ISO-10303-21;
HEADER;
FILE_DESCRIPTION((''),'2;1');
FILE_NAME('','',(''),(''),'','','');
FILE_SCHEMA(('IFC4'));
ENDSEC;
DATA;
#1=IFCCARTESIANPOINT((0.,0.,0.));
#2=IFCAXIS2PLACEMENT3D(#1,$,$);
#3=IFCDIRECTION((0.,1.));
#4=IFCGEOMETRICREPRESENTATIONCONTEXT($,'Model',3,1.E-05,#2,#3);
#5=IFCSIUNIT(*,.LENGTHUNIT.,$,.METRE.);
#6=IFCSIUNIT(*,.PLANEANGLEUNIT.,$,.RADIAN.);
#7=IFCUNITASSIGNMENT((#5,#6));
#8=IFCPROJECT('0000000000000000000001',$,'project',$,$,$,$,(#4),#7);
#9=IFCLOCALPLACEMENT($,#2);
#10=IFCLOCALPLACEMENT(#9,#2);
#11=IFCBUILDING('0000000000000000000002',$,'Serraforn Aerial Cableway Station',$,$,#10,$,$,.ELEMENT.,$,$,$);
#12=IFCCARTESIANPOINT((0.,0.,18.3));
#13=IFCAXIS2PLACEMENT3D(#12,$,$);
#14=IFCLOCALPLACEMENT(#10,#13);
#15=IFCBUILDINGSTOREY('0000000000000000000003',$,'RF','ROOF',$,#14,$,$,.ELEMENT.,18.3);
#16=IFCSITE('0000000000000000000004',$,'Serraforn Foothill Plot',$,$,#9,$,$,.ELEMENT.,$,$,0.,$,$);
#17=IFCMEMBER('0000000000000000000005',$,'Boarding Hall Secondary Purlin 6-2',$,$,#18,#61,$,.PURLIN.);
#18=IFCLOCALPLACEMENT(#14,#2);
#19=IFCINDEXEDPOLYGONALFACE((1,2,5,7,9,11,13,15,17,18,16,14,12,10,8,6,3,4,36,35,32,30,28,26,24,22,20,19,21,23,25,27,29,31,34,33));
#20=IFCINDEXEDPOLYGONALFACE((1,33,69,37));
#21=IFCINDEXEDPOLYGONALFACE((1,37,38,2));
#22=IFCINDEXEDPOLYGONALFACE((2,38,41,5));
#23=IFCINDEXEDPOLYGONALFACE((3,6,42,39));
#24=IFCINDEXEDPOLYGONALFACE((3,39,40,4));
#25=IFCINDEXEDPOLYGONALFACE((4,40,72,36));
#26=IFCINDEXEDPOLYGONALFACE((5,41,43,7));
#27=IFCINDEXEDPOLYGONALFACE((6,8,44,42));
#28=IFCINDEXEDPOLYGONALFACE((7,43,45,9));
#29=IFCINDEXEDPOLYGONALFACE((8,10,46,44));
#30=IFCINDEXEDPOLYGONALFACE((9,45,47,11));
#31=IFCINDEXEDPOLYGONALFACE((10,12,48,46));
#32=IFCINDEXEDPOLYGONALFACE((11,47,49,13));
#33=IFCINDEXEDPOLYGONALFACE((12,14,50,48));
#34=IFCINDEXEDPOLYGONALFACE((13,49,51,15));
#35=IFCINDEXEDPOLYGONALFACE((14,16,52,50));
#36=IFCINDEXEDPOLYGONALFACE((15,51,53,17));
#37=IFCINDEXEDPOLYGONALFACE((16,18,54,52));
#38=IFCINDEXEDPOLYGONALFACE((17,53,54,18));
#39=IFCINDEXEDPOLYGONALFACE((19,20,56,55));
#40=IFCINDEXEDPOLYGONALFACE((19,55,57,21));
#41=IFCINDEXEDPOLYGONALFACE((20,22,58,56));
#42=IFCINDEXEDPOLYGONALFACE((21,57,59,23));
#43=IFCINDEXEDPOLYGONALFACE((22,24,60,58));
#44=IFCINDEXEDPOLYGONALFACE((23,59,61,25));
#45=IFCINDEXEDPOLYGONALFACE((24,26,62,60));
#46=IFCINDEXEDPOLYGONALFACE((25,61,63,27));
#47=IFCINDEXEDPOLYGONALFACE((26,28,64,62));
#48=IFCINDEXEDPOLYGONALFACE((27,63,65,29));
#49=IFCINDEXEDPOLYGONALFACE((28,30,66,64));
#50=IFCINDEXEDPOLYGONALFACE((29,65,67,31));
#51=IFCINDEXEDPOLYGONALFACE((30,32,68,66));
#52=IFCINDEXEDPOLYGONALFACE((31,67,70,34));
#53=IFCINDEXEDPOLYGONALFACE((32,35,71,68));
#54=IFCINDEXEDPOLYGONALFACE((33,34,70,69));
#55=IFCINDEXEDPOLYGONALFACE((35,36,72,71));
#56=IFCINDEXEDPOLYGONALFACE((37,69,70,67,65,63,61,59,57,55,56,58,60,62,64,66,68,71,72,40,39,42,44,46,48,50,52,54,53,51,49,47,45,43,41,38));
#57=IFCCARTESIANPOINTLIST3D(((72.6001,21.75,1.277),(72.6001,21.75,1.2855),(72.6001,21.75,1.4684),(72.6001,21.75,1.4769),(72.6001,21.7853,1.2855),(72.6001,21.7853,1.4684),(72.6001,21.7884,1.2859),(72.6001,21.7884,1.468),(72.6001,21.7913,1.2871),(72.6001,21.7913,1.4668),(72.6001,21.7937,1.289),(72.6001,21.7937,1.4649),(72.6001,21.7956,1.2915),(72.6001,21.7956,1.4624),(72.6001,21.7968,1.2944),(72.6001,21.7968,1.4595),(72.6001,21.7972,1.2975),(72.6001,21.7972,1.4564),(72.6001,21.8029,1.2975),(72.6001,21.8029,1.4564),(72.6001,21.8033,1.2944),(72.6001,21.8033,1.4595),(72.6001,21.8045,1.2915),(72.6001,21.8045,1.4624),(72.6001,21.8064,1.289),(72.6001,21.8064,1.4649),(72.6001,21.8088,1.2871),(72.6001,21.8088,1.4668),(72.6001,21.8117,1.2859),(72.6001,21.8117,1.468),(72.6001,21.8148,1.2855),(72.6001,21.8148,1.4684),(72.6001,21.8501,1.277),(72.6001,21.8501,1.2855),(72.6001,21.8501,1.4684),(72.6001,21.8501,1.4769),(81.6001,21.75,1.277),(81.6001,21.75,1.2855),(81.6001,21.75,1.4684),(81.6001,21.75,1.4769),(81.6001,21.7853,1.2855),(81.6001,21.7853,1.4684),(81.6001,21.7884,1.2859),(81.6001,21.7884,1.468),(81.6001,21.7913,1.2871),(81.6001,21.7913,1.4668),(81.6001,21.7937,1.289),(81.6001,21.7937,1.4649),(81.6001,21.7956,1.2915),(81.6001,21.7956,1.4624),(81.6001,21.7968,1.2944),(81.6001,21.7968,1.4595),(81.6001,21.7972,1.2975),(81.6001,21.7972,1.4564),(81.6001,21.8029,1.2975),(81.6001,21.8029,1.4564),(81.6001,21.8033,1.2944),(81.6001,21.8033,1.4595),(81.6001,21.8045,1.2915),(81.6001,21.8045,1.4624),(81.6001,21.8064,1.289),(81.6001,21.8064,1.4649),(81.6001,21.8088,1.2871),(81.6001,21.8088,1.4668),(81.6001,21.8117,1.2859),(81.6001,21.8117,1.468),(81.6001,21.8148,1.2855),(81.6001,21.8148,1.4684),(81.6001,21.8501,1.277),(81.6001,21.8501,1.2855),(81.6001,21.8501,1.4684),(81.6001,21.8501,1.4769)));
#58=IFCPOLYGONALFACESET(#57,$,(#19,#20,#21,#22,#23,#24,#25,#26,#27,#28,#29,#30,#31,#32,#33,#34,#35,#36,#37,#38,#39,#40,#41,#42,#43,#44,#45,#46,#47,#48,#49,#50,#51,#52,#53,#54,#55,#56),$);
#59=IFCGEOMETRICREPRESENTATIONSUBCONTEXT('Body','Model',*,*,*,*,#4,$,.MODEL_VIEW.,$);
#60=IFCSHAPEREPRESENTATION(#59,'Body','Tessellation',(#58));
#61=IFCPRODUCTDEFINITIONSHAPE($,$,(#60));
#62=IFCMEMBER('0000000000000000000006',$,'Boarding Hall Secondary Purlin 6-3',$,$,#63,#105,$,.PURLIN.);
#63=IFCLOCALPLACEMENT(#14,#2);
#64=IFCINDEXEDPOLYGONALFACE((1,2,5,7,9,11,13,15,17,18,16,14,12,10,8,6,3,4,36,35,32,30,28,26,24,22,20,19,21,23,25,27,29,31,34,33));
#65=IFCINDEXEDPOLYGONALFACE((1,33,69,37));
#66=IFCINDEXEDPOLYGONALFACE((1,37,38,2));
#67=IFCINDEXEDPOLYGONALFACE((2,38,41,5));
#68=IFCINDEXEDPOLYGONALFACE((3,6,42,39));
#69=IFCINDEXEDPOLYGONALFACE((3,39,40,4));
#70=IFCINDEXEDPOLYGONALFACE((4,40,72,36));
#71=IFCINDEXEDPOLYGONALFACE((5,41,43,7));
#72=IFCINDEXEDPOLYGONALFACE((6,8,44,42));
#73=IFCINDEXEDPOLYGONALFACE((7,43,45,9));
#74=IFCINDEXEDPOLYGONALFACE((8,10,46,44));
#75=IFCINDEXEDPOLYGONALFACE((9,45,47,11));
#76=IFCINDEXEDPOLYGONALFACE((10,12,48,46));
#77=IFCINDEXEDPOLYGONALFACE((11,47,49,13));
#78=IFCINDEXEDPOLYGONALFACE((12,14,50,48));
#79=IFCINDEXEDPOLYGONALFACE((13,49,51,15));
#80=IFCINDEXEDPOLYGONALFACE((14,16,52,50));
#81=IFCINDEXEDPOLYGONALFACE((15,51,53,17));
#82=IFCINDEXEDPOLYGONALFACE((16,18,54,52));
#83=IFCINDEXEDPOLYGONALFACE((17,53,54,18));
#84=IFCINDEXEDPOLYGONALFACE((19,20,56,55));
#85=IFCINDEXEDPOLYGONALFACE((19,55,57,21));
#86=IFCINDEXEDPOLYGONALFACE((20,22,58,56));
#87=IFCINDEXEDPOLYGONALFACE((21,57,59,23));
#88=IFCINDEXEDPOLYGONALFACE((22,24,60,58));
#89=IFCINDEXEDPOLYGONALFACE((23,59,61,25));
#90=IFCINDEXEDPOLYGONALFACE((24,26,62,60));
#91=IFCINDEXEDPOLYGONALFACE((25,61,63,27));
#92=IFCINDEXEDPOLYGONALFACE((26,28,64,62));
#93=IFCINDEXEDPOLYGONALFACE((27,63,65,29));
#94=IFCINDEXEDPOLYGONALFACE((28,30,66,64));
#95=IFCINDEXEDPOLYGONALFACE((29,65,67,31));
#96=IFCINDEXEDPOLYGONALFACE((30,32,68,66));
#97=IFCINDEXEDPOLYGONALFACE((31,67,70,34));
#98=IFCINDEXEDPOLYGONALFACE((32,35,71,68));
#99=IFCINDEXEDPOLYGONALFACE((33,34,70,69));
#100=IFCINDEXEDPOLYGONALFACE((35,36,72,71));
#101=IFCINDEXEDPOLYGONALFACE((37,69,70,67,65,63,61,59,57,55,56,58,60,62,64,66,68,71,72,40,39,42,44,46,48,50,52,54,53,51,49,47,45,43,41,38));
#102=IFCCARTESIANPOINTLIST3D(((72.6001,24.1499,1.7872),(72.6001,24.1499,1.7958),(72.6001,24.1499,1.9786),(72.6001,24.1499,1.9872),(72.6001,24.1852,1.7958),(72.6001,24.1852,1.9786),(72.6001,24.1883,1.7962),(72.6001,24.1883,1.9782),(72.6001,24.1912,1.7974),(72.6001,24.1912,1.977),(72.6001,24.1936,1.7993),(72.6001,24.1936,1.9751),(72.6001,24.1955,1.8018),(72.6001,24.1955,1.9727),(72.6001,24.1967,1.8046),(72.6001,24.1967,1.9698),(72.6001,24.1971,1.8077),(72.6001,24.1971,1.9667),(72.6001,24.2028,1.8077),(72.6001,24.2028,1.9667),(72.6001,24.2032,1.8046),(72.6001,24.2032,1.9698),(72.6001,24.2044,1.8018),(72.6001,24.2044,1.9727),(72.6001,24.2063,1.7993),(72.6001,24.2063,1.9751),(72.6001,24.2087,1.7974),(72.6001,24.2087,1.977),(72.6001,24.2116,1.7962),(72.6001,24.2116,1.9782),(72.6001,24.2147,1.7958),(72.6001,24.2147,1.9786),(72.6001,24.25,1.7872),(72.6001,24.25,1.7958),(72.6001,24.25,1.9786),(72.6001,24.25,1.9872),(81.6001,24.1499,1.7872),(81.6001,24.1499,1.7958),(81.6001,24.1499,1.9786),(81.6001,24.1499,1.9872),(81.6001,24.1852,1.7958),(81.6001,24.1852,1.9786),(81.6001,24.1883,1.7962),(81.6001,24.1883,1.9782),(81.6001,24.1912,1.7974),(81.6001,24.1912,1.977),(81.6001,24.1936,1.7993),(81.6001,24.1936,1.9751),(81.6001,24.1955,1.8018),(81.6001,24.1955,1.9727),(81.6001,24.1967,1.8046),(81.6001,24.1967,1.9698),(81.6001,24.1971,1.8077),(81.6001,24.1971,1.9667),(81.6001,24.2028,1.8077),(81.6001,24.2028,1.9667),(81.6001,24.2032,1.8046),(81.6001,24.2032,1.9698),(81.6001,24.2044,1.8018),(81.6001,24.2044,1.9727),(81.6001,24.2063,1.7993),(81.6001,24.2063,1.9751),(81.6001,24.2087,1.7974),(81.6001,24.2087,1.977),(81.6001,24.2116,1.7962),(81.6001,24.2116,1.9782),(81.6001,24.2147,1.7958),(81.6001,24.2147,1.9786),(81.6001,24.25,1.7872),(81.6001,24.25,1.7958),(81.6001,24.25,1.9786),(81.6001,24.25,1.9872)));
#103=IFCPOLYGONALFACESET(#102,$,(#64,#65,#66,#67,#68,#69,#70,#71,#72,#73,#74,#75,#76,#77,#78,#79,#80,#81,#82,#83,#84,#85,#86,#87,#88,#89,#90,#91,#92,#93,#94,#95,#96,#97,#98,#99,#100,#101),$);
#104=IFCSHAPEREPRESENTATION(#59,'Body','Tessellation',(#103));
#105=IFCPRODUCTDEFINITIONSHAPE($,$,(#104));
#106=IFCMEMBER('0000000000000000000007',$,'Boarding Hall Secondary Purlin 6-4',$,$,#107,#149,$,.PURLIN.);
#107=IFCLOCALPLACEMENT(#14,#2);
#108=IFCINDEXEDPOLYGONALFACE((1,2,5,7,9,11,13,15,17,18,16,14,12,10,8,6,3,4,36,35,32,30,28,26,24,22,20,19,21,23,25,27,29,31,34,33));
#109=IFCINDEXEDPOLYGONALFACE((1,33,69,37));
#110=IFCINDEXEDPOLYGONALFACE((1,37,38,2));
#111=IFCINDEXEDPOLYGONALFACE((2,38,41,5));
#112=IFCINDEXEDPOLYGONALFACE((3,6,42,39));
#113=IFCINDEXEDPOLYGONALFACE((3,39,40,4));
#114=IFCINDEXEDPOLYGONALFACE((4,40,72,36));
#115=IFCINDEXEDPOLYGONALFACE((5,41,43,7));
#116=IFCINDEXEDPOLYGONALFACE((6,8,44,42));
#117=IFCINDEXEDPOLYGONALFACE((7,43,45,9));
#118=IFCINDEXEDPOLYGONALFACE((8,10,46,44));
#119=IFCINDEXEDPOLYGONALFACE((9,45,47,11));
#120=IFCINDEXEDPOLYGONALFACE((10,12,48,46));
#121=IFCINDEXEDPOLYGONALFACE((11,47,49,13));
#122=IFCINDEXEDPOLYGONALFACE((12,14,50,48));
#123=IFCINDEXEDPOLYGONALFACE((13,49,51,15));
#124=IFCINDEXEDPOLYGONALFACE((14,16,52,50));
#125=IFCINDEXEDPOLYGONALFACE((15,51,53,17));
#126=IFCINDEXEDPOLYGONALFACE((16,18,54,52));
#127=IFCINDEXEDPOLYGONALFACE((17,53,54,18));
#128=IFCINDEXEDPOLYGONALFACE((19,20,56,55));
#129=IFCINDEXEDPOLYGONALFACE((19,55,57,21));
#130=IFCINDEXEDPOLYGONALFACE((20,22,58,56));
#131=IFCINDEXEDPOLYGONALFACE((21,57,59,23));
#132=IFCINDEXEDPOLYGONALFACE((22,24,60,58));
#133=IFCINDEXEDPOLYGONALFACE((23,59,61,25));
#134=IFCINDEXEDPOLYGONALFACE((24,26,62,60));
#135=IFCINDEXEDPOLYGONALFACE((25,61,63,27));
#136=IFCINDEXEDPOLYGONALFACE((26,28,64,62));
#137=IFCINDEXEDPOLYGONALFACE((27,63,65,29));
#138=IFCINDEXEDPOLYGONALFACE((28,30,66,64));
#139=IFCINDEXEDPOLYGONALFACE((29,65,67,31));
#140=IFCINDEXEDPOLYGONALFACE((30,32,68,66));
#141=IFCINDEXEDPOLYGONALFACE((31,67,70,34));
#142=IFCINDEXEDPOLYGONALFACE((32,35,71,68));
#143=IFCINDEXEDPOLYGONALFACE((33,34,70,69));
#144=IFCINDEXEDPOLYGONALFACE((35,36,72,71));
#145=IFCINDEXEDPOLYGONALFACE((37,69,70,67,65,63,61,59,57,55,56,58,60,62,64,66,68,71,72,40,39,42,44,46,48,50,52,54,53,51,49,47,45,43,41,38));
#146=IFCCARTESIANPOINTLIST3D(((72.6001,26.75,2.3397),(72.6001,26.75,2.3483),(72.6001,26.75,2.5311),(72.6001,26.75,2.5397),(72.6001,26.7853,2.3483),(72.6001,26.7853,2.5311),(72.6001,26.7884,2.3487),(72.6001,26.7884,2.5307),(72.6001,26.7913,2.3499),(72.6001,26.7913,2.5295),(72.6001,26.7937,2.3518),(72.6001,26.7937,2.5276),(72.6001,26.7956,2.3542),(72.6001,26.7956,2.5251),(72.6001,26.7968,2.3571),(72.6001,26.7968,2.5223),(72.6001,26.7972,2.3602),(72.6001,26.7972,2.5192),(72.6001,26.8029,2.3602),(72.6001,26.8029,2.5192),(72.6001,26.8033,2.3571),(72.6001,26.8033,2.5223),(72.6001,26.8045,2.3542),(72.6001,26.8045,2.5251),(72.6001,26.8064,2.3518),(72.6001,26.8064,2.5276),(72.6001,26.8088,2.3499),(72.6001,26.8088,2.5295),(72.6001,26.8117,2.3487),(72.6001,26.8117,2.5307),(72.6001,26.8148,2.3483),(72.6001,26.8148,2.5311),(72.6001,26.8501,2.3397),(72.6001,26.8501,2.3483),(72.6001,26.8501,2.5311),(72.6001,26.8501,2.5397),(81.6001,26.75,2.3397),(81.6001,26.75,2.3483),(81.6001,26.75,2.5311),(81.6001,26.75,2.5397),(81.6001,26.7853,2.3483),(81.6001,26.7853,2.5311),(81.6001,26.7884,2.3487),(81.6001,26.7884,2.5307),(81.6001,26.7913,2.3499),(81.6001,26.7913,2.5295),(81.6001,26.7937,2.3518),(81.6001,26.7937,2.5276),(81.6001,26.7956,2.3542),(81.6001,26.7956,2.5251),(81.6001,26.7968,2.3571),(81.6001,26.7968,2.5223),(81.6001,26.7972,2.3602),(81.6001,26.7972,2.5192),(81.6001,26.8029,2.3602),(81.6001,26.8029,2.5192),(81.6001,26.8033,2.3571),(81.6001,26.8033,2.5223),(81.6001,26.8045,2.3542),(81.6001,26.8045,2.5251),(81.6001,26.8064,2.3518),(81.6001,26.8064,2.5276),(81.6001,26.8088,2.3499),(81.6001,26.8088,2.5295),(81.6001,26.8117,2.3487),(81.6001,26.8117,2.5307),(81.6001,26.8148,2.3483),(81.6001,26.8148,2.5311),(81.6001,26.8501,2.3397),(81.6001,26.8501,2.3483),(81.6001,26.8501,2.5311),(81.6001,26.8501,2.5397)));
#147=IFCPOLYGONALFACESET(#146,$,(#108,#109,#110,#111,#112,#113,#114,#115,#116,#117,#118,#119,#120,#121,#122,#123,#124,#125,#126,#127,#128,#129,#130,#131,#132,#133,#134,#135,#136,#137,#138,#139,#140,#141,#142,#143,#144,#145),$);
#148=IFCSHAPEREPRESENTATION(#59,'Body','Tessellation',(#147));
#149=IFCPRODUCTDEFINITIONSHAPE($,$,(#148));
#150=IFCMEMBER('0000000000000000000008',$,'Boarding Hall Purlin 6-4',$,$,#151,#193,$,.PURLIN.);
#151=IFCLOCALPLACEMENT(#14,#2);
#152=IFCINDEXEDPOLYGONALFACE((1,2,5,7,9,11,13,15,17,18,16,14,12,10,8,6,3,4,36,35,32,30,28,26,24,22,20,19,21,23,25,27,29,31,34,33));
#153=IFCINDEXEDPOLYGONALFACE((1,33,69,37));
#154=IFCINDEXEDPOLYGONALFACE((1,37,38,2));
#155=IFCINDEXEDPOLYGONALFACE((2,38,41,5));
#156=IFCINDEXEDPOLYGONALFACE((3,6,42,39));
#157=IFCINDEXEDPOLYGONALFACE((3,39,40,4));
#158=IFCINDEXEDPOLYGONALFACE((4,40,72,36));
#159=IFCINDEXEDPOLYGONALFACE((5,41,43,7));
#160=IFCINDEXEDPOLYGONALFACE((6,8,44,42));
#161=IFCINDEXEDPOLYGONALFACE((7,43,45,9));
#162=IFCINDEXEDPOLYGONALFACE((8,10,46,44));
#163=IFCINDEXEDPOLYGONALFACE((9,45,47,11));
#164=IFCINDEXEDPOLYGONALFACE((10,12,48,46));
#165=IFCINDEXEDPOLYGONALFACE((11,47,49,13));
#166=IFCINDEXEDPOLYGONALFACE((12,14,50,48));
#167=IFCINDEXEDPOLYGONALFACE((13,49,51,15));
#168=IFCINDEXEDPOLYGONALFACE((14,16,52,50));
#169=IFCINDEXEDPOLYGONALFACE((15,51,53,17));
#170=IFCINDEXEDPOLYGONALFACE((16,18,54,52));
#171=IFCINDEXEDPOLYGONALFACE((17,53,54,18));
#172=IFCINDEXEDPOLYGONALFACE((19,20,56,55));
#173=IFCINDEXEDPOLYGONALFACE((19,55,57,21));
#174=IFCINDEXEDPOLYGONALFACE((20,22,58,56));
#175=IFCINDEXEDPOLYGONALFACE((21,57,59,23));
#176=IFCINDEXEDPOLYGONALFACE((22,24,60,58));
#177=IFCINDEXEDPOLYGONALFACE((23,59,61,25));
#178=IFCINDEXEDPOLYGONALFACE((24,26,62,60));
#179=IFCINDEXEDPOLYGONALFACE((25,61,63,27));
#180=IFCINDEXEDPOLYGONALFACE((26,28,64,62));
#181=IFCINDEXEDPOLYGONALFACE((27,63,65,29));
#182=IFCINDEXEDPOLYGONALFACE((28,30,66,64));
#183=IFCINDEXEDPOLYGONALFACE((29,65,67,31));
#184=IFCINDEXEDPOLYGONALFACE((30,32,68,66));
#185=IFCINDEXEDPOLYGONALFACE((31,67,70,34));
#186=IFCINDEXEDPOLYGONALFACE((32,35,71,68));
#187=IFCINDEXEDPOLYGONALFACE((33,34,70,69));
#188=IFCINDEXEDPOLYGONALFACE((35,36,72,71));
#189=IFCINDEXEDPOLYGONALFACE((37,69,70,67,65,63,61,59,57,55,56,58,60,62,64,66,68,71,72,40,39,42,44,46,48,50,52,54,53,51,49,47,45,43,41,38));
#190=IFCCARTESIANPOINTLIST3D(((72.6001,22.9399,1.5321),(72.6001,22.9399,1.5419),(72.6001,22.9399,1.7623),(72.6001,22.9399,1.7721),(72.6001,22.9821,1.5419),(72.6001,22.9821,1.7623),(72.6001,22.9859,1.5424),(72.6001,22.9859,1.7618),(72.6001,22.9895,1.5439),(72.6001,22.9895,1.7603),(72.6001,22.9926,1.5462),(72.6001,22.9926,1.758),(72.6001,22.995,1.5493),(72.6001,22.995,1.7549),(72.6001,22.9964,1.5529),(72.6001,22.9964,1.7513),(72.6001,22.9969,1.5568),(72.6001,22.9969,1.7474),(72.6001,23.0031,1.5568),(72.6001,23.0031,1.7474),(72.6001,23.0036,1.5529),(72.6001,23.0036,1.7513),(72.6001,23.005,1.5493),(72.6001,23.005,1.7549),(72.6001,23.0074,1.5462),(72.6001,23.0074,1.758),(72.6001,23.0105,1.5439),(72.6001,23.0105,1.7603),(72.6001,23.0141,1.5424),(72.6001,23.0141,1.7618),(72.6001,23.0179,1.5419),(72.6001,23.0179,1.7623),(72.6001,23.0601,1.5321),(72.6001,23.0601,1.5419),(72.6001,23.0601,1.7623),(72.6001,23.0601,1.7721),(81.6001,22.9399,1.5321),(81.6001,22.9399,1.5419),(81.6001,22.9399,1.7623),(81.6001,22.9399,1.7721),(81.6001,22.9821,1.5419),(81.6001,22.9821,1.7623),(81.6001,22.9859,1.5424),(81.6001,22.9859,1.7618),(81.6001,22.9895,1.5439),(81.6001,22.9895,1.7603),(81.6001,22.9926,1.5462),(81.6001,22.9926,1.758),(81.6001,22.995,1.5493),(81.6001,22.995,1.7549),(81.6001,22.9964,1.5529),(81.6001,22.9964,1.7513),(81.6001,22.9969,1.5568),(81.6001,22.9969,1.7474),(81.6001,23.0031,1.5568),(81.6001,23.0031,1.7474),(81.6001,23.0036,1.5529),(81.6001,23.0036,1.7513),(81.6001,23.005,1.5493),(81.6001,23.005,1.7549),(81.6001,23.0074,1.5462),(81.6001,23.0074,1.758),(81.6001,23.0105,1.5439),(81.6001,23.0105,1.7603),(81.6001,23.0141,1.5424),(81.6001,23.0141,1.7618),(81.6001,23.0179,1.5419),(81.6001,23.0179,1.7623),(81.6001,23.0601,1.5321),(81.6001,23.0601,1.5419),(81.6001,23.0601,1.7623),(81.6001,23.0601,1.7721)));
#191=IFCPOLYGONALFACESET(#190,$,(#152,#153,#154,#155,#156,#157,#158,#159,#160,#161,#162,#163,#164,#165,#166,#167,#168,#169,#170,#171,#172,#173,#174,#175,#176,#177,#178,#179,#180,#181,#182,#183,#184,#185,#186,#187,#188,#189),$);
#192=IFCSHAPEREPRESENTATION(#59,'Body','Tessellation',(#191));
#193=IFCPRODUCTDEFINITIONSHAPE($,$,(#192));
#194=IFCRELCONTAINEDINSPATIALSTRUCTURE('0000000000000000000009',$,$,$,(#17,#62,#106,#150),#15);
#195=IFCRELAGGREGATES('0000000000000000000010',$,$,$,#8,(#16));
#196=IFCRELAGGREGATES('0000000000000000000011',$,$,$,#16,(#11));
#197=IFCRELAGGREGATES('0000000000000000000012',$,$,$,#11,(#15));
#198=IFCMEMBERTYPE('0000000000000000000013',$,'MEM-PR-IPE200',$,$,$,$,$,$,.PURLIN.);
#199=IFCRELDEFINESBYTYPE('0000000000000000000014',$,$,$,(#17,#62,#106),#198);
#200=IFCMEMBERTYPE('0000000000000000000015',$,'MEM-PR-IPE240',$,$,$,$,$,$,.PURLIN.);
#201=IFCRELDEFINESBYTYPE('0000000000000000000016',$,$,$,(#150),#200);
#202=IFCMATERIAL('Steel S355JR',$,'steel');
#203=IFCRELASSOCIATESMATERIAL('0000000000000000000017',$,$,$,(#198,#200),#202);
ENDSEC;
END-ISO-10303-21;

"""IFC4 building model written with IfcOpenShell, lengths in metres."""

from ifc_helpers import new_model, si_unit, direction, frame, origin, origin_2d, place, context, subcontext, project, spatial, i_section, extrude, material, material_profile, profile_set, type_object, element, save


model = new_model("IFC4")

# Units and contexts
model_context = context("Model", 3, precision=1e-05, world=origin(), true_north=direction((0.0, 1.0)))
body_context = subcontext(model_context, "Body", "Model", "MODEL_VIEW")
ifc_project = project(units=[si_unit("LENGTHUNIT", "METRE"), si_unit("PLANEANGLEUNIT", "RADIAN")], contexts=[model_context])

# Site, building, storey
site_placement = place(None, origin())
site = spatial("IfcSite", under=ifc_project, at=site_placement, Name="Serraforn Foothill Plot", CompositionType="ELEMENT", RefElevation=0.0)
building_placement = place(site_placement, origin())
building = spatial("IfcBuilding", under=site, at=building_placement, Name="Serraforn Aerial Cableway Station", CompositionType="ELEMENT")
storey_placement = place(building_placement, frame((0.0, 0.0, 18.3)))
storey = spatial("IfcBuildingStorey", under=building, at=storey_placement, Name="RF", Description="ROOF", CompositionType="ELEMENT", Elevation=18.3)

# Members
ifc_material_1 = material(Name="Steel S355JR", Category="steel")
ifc_material_profile_1 = material_profile(ifc_material_1, i_section(OverallWidth=0.1001, OverallDepth=0.2, WebThickness=0.0056, FlangeThickness=0.0085, FilletRadius=0.012, at=origin_2d()), Name="IPE 200")
ifc_profile_set_1 = profile_set([ifc_material_profile_1], Name="Steel S355JR")
member_type_1 = type_object("IfcMemberType", Name="MEM-PR-IPE200", PredefinedType="PURLIN", material=ifc_profile_set_1)
for number, where, z_axis, x_axis, name in (
    (1, (72.6001, 21.8, 1.377), (1.0, 0.0, 0.0), (0.0, 1.0, 0.0), "Boarding Hall Secondary Purlin 6-2"),
    (2, (72.6001, 24.2, 1.8872), (1.0, 0.0, 0.0), (0.0, 1.0, 0.0), "Boarding Hall Secondary Purlin 6-3"),
    (3, (72.6001, 26.8, 2.4397), (1.0, 0.0, 0.0), (0.0, 1.0, 0.0), "Boarding Hall Secondary Purlin 6-4"),
):
    element("IfcMember", number, at=place(storey_placement, frame(where, z_axis=z_axis, x_axis=x_axis)), inside=storey, type_object=member_type_1, Name=name, PredefinedType="PURLIN", context=body_context, shape_type="SweptSolid", body=[
        extrude(i_section(OverallWidth=0.1001, OverallDepth=0.2, WebThickness=0.0056, FlangeThickness=0.0085, FilletRadius=0.012, at=origin_2d()), origin(), (0.0, 0.0, 1.0), 9.0),
    ])
ifc_material_profile_2 = material_profile(ifc_material_1, i_section(OverallWidth=0.1201, OverallDepth=0.24, WebThickness=0.0061, FlangeThickness=0.0098, FilletRadius=0.0149, at=origin_2d()), Name="IPE 240")
ifc_profile_set_2 = profile_set([ifc_material_profile_2], Name="Steel S355JR")
member_type_2 = type_object("IfcMemberType", Name="MEM-PR-IPE240", PredefinedType="PURLIN", material=ifc_profile_set_2)
for number, where, z_axis, x_axis, name in (
    (4, (72.6001, 23.0, 1.6521), (1.0, 0.0, 0.0), (0.0, 1.0, 0.0), "Boarding Hall Purlin 6-4"),
):
    element("IfcMember", number, at=place(storey_placement, frame(where, z_axis=z_axis, x_axis=x_axis)), inside=storey, type_object=member_type_2, Name=name, PredefinedType="PURLIN", context=body_context, shape_type="SweptSolid", body=[
        extrude(i_section(OverallWidth=0.1201, OverallDepth=0.24, WebThickness=0.0061, FlangeThickness=0.0098, FilletRadius=0.0149, at=origin_2d()), origin(), (0.0, 0.0, 1.0), 9.0),
    ])

save(model, "model.ifc")
